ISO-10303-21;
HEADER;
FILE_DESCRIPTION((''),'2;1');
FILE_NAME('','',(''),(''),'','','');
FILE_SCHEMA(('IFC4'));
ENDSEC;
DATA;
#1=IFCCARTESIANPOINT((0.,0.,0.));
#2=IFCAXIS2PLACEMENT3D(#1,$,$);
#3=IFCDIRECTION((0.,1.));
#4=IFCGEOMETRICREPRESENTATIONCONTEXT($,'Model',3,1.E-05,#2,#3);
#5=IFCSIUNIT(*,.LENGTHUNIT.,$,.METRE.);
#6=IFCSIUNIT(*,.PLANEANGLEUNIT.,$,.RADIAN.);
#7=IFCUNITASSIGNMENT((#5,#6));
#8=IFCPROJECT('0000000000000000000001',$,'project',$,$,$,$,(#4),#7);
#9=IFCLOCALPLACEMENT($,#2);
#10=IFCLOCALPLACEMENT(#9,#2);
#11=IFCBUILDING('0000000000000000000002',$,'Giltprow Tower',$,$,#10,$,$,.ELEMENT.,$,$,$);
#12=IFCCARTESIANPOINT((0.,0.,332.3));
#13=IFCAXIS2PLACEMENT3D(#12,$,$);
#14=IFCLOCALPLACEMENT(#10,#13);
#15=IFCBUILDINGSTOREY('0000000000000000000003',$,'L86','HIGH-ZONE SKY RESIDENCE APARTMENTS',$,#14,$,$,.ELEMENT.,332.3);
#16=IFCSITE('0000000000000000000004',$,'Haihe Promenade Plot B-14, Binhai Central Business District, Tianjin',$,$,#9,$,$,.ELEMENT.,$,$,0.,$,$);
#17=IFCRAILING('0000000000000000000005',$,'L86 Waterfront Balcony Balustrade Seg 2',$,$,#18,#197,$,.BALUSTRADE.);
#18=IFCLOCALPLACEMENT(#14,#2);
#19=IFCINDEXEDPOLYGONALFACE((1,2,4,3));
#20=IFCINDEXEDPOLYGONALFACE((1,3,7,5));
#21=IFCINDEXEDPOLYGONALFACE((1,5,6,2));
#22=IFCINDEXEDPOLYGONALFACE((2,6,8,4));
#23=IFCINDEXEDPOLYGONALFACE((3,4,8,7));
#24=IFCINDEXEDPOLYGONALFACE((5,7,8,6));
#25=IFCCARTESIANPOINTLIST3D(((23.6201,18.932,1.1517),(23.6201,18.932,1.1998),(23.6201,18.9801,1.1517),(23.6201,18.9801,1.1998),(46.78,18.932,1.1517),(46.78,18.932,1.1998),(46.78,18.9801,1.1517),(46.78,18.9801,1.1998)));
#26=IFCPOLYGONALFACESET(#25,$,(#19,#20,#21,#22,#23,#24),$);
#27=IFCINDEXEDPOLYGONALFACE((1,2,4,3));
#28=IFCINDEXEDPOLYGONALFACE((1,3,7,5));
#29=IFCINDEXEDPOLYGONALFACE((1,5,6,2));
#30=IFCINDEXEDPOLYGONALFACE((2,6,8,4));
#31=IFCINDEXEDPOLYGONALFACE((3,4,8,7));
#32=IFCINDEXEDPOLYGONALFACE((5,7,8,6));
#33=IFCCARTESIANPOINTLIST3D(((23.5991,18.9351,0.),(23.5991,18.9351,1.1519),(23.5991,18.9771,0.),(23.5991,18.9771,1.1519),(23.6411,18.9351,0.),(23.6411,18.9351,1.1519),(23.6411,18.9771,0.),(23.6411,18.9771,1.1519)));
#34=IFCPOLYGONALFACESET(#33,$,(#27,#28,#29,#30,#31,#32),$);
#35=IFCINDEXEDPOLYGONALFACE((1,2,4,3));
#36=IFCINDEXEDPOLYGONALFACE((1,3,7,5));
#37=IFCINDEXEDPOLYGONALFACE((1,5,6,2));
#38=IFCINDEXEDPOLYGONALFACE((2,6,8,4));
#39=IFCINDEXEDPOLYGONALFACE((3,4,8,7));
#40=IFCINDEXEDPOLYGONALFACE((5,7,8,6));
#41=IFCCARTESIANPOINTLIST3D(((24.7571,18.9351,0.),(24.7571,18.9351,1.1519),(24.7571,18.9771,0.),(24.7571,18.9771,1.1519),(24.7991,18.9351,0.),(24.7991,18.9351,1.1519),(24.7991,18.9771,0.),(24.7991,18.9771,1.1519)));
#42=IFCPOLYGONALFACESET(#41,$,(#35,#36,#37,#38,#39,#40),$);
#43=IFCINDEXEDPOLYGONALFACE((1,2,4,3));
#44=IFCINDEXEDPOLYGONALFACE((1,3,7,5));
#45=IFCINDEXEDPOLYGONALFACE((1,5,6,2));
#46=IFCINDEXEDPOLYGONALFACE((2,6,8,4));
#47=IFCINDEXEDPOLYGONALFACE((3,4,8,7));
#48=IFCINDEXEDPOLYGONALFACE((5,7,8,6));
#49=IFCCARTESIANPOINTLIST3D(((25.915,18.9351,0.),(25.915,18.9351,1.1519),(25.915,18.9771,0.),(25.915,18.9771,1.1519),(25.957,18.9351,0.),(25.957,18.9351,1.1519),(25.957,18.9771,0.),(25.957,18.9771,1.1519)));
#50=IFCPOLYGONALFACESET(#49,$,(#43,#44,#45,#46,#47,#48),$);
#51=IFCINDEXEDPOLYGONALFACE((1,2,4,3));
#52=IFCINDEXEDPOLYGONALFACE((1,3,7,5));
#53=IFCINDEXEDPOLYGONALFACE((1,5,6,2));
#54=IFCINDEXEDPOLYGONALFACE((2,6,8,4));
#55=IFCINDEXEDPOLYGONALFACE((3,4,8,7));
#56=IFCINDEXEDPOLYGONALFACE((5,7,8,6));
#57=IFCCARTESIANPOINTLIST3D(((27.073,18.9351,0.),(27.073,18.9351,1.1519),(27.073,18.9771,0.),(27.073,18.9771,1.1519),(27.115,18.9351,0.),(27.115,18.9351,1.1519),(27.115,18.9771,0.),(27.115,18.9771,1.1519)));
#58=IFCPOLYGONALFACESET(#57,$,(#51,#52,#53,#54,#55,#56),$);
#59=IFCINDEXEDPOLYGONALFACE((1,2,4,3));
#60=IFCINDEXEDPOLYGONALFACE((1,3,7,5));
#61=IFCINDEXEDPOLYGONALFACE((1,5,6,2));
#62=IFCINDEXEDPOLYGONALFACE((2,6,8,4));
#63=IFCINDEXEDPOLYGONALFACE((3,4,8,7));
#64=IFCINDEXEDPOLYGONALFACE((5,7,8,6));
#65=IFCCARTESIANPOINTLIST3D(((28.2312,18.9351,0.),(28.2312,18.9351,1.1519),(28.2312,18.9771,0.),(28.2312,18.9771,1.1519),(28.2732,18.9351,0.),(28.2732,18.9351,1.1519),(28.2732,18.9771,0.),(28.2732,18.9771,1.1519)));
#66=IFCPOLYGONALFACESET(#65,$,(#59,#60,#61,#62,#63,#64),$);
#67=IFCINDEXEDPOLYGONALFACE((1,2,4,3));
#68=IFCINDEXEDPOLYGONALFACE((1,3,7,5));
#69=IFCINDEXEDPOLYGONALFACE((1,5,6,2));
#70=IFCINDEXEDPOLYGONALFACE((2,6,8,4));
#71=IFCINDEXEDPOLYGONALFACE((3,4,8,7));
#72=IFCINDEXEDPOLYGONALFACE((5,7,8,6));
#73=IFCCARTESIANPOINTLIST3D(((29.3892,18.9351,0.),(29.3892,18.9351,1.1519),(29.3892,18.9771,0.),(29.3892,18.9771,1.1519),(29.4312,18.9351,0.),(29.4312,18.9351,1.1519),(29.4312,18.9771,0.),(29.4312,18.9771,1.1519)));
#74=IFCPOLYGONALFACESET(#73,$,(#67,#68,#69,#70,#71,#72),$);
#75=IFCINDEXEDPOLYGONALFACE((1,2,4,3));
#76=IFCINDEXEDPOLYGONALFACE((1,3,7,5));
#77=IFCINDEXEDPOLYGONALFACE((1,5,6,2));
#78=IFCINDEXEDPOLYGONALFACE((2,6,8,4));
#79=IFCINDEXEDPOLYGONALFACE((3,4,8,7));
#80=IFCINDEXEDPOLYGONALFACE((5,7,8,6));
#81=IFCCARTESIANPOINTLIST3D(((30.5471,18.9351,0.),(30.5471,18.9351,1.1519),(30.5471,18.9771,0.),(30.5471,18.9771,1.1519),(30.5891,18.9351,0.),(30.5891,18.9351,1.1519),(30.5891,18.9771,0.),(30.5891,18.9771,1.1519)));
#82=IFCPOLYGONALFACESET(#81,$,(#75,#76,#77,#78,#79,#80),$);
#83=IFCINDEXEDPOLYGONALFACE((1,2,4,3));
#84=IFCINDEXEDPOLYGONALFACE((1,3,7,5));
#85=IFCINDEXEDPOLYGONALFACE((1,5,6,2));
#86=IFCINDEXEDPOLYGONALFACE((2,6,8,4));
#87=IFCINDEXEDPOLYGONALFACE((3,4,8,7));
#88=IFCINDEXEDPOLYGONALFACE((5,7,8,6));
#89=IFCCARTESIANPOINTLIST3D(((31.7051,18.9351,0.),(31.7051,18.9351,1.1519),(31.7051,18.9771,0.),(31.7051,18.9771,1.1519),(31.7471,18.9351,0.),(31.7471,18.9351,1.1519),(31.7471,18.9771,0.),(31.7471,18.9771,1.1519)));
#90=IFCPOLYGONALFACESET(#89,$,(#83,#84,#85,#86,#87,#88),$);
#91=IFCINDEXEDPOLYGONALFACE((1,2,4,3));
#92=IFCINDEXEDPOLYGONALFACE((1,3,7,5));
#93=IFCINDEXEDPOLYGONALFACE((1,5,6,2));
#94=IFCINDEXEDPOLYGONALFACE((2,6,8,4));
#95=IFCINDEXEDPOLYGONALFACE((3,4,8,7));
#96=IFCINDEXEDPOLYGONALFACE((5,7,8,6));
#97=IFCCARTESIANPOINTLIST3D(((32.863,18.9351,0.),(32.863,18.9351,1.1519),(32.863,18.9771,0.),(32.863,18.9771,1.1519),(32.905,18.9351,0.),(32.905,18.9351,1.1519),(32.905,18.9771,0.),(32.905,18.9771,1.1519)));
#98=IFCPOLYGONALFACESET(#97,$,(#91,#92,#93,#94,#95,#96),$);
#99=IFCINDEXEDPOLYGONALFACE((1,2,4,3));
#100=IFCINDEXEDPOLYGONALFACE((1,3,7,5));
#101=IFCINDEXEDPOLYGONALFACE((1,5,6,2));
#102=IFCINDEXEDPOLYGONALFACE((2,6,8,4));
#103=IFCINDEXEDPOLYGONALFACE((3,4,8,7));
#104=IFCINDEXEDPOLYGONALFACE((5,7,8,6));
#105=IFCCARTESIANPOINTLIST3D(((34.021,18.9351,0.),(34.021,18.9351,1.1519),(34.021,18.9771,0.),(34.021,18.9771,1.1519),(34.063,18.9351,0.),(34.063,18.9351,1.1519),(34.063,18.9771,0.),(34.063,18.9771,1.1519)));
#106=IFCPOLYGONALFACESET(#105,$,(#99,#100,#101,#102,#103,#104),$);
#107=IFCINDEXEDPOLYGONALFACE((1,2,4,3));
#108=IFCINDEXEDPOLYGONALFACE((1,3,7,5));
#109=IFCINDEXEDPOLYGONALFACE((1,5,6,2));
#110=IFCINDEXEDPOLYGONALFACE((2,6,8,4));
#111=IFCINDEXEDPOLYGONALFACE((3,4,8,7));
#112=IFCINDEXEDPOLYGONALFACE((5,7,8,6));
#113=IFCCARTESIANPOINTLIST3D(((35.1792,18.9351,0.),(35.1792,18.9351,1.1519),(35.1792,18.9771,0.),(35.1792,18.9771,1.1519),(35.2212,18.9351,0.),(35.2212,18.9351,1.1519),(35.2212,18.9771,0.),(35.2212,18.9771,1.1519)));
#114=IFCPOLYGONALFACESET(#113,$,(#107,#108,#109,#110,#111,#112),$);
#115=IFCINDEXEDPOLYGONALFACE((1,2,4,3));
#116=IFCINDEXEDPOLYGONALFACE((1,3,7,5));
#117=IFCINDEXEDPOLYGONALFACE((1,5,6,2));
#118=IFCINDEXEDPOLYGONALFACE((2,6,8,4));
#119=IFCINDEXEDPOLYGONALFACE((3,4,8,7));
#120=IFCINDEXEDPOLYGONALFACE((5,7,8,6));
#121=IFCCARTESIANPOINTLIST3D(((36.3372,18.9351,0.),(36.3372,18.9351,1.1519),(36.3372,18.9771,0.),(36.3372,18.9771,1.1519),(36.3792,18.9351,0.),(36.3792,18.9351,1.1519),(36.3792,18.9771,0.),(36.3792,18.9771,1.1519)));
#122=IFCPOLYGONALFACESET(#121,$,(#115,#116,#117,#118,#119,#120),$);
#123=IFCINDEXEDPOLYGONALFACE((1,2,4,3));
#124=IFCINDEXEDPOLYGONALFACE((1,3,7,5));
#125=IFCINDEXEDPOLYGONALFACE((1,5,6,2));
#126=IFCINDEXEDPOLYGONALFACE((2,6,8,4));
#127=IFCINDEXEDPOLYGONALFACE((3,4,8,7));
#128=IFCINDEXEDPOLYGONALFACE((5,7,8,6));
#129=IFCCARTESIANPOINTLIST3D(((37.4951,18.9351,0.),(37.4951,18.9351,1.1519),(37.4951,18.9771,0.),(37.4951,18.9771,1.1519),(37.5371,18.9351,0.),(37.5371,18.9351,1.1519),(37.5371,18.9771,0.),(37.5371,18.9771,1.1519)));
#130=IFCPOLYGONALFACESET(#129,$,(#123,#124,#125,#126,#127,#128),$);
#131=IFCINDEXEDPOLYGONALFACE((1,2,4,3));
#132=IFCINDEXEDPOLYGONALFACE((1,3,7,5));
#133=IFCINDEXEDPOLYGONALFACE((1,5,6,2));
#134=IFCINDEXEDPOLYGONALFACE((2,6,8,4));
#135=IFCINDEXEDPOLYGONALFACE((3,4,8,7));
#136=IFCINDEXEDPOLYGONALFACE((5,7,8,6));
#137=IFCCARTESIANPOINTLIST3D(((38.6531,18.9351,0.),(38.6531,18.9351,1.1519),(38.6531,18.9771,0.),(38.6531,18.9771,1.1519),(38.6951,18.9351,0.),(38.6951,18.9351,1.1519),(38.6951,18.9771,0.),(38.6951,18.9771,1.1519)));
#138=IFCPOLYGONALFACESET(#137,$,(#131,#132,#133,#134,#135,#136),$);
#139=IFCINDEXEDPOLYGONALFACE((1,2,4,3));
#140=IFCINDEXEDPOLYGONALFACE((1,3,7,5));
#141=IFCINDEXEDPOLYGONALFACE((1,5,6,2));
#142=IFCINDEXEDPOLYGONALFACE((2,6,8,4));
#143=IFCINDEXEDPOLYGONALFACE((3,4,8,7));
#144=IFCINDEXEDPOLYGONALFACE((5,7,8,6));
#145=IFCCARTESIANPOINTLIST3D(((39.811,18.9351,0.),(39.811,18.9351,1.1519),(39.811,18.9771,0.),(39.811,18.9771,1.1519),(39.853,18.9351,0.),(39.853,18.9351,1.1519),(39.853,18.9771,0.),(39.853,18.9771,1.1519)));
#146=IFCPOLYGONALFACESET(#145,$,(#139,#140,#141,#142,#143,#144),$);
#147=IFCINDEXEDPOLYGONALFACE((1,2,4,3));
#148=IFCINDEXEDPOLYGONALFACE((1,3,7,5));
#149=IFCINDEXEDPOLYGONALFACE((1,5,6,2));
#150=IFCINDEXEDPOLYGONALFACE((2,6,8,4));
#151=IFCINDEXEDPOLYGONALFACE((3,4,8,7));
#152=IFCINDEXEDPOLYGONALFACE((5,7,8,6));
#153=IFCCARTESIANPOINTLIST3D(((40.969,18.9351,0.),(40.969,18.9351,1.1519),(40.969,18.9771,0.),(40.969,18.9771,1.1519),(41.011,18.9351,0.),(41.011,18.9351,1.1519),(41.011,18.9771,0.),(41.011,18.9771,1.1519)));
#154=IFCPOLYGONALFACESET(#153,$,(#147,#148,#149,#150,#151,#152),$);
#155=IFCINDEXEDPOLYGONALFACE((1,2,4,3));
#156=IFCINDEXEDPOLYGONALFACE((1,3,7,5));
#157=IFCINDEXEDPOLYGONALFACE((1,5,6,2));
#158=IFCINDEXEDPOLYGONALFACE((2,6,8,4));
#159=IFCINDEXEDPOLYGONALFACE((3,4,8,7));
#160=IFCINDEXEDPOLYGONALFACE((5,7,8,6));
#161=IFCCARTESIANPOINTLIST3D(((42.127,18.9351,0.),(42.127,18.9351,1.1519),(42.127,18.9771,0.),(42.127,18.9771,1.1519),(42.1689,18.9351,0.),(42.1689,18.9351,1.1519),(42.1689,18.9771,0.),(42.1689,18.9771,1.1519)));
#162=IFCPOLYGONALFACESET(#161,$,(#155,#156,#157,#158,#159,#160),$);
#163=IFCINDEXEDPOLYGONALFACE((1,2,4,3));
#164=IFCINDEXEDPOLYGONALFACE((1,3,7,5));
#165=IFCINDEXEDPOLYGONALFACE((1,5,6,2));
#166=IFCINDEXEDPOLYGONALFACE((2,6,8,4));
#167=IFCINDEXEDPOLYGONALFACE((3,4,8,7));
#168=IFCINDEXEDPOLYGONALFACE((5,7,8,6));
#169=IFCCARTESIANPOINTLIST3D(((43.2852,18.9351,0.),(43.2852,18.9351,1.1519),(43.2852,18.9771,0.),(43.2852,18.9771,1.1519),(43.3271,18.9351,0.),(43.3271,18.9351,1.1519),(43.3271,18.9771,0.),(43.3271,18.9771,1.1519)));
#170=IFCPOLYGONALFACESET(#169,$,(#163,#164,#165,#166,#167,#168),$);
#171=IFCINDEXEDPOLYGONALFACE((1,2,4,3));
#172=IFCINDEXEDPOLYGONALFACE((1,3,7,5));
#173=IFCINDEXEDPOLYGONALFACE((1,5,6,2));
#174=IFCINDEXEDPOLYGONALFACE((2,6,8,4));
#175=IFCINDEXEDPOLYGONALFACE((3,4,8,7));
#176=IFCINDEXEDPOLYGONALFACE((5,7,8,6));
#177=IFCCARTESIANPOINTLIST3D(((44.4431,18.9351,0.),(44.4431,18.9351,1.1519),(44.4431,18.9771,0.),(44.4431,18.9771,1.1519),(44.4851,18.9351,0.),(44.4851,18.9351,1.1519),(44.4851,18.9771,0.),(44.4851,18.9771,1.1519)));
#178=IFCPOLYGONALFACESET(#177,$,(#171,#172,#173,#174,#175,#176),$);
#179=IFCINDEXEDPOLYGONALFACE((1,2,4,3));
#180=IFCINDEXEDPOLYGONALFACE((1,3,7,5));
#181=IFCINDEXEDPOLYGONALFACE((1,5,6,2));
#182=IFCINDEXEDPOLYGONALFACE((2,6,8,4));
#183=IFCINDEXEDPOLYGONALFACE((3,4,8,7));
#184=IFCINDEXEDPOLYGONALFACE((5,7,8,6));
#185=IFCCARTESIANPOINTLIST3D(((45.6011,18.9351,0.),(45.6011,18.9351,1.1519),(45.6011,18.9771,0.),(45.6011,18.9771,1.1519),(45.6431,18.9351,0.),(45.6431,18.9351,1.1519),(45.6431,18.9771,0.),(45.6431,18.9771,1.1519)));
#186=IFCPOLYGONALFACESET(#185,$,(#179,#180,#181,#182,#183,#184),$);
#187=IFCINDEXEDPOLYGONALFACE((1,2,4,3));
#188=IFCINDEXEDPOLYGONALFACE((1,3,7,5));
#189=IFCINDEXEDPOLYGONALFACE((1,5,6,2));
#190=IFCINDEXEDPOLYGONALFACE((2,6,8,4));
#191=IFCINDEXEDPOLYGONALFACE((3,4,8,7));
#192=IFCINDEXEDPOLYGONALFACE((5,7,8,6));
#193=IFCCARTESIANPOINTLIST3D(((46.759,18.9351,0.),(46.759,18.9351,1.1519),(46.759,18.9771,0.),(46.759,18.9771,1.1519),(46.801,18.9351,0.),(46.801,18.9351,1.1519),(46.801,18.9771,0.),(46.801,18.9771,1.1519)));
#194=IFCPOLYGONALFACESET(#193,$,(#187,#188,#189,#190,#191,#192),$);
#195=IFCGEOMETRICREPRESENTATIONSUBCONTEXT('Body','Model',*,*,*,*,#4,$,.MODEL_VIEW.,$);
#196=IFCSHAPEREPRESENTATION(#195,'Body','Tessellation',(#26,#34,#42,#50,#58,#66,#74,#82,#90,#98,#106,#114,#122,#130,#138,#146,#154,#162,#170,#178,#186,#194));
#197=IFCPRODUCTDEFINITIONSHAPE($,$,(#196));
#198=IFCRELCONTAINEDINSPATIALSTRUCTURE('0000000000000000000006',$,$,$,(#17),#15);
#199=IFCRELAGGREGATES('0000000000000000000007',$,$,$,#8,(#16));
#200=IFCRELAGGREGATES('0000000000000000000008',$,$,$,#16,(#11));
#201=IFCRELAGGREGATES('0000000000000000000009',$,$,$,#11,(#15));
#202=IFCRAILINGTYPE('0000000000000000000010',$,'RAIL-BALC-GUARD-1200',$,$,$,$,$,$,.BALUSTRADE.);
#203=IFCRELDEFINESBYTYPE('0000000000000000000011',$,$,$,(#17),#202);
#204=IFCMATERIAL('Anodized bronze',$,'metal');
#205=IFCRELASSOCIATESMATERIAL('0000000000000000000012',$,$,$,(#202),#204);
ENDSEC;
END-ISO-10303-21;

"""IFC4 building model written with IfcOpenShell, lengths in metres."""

from ifc_helpers import new_model, si_unit, direction, frame, origin, origin_2d, place, context, subcontext, project, spatial, rectangle, extrude, material, type_object, element, save


model = new_model("IFC4")

# Units and contexts
model_context = context("Model", 3, precision=1e-05, world=origin(), true_north=direction((0.0, 1.0)))
body_context = subcontext(model_context, "Body", "Model", "MODEL_VIEW")
ifc_project = project(units=[si_unit("LENGTHUNIT", "METRE"), si_unit("PLANEANGLEUNIT", "RADIAN")], contexts=[model_context])

# Site, building, storey
site_placement = place(None, origin())
site = spatial("IfcSite", under=ifc_project, at=site_placement, Name="Haihe Promenade Plot B-14, Binhai Central Business District, Tianjin", CompositionType="ELEMENT", RefElevation=0.0)
building_placement = place(site_placement, origin())
building = spatial("IfcBuilding", under=site, at=building_placement, Name="Giltprow Tower", CompositionType="ELEMENT")
storey_placement = place(building_placement, frame((0.0, 0.0, 332.3)))
storey = spatial("IfcBuildingStorey", under=building, at=storey_placement, Name="L86", Description="HIGH-ZONE SKY RESIDENCE APARTMENTS", CompositionType="ELEMENT", Elevation=332.3)

# Shared definitions
ifc_material_1 = material(Name="Anodized bronze", Category="metal")

# Railing
railing_type = type_object("IfcRailingType", Name="RAIL-BALC-GUARD-1200", PredefinedType="BALUSTRADE", material=ifc_material_1)
railing_1_placement = place(storey_placement, frame((23.6201, 18.9561, 0.0)))
element("IfcRailing", 1, at=railing_1_placement, inside=storey, type_object=railing_type, Name="L86 Waterfront Balcony Balustrade Seg 2", PredefinedType="BALUSTRADE", context=body_context, shape_type="SweptSolid", body=[
    extrude(rectangle(XDim=0.0481, YDim=0.0481, at=origin_2d()), frame((0.0, 0.0, 1.1758), z_axis=(1.0, 0.0, 0.0), x_axis=(0.0, 1.0, 0.0)), (0.0, 0.0, 1.0), 23.1599),
    extrude(rectangle(XDim=0.042, YDim=0.042, at=origin_2d()), origin(), (0.0, 0.0, 1.0), 1.1519),
    extrude(rectangle(XDim=0.042, YDim=0.042, at=origin_2d()), frame((1.158, 0.0, 0.0)), (0.0, 0.0, 1.0), 1.1519),
    extrude(rectangle(XDim=0.042, YDim=0.042, at=origin_2d()), frame((2.3159, 0.0, 0.0)), (0.0, 0.0, 1.0), 1.1519),
    extrude(rectangle(XDim=0.042, YDim=0.042, at=origin_2d()), frame((3.4739, 0.0, 0.0)), (0.0, 0.0, 1.0), 1.1519),
    extrude(rectangle(XDim=0.042, YDim=0.042, at=origin_2d()), frame((4.6321, 0.0, 0.0)), (0.0, 0.0, 1.0), 1.1519),
    extrude(rectangle(XDim=0.042, YDim=0.042, at=origin_2d()), frame((5.79, 0.0, 0.0)), (0.0, 0.0, 1.0), 1.1519),
    extrude(rectangle(XDim=0.042, YDim=0.042, at=origin_2d()), frame((6.948, 0.0, 0.0)), (0.0, 0.0, 1.0), 1.1519),
    extrude(rectangle(XDim=0.042, YDim=0.042, at=origin_2d()), frame((8.106, 0.0, 0.0)), (0.0, 0.0, 1.0), 1.1519),
    extrude(rectangle(XDim=0.042, YDim=0.042, at=origin_2d()), frame((9.2639, 0.0, 0.0)), (0.0, 0.0, 1.0), 1.1519),
    extrude(rectangle(XDim=0.042, YDim=0.042, at=origin_2d()), frame((10.4219, 0.0, 0.0)), (0.0, 0.0, 1.0), 1.1519),
    extrude(rectangle(XDim=0.042, YDim=0.042, at=origin_2d()), frame((11.5801, 0.0, 0.0)), (0.0, 0.0, 1.0), 1.1519),
    extrude(rectangle(XDim=0.042, YDim=0.042, at=origin_2d()), frame((12.738, 0.0, 0.0)), (0.0, 0.0, 1.0), 1.1519),
    extrude(rectangle(XDim=0.042, YDim=0.042, at=origin_2d()), frame((13.896, 0.0, 0.0)), (0.0, 0.0, 1.0), 1.1519),
    extrude(rectangle(XDim=0.042, YDim=0.042, at=origin_2d()), frame((15.054, 0.0, 0.0)), (0.0, 0.0, 1.0), 1.1519),
    extrude(rectangle(XDim=0.042, YDim=0.042, at=origin_2d()), frame((16.2119, 0.0, 0.0)), (0.0, 0.0, 1.0), 1.1519),
    extrude(rectangle(XDim=0.042, YDim=0.042, at=origin_2d()), frame((17.3699, 0.0, 0.0)), (0.0, 0.0, 1.0), 1.1519),
    extrude(rectangle(XDim=0.042, YDim=0.042, at=origin_2d()), frame((18.5278, 0.0, 0.0)), (0.0, 0.0, 1.0), 1.1519),
    extrude(rectangle(XDim=0.042, YDim=0.042, at=origin_2d()), frame((19.686, 0.0, 0.0)), (0.0, 0.0, 1.0), 1.1519),
    extrude(rectangle(XDim=0.042, YDim=0.042, at=origin_2d()), frame((20.844, 0.0, 0.0)), (0.0, 0.0, 1.0), 1.1519),
    extrude(rectangle(XDim=0.042, YDim=0.042, at=origin_2d()), frame((22.002, 0.0, 0.0)), (0.0, 0.0, 1.0), 1.1519),
    extrude(rectangle(XDim=0.042, YDim=0.042, at=origin_2d()), frame((23.1599, 0.0, 0.0)), (0.0, 0.0, 1.0), 1.1519),
])

save(model, "model.ifc")
